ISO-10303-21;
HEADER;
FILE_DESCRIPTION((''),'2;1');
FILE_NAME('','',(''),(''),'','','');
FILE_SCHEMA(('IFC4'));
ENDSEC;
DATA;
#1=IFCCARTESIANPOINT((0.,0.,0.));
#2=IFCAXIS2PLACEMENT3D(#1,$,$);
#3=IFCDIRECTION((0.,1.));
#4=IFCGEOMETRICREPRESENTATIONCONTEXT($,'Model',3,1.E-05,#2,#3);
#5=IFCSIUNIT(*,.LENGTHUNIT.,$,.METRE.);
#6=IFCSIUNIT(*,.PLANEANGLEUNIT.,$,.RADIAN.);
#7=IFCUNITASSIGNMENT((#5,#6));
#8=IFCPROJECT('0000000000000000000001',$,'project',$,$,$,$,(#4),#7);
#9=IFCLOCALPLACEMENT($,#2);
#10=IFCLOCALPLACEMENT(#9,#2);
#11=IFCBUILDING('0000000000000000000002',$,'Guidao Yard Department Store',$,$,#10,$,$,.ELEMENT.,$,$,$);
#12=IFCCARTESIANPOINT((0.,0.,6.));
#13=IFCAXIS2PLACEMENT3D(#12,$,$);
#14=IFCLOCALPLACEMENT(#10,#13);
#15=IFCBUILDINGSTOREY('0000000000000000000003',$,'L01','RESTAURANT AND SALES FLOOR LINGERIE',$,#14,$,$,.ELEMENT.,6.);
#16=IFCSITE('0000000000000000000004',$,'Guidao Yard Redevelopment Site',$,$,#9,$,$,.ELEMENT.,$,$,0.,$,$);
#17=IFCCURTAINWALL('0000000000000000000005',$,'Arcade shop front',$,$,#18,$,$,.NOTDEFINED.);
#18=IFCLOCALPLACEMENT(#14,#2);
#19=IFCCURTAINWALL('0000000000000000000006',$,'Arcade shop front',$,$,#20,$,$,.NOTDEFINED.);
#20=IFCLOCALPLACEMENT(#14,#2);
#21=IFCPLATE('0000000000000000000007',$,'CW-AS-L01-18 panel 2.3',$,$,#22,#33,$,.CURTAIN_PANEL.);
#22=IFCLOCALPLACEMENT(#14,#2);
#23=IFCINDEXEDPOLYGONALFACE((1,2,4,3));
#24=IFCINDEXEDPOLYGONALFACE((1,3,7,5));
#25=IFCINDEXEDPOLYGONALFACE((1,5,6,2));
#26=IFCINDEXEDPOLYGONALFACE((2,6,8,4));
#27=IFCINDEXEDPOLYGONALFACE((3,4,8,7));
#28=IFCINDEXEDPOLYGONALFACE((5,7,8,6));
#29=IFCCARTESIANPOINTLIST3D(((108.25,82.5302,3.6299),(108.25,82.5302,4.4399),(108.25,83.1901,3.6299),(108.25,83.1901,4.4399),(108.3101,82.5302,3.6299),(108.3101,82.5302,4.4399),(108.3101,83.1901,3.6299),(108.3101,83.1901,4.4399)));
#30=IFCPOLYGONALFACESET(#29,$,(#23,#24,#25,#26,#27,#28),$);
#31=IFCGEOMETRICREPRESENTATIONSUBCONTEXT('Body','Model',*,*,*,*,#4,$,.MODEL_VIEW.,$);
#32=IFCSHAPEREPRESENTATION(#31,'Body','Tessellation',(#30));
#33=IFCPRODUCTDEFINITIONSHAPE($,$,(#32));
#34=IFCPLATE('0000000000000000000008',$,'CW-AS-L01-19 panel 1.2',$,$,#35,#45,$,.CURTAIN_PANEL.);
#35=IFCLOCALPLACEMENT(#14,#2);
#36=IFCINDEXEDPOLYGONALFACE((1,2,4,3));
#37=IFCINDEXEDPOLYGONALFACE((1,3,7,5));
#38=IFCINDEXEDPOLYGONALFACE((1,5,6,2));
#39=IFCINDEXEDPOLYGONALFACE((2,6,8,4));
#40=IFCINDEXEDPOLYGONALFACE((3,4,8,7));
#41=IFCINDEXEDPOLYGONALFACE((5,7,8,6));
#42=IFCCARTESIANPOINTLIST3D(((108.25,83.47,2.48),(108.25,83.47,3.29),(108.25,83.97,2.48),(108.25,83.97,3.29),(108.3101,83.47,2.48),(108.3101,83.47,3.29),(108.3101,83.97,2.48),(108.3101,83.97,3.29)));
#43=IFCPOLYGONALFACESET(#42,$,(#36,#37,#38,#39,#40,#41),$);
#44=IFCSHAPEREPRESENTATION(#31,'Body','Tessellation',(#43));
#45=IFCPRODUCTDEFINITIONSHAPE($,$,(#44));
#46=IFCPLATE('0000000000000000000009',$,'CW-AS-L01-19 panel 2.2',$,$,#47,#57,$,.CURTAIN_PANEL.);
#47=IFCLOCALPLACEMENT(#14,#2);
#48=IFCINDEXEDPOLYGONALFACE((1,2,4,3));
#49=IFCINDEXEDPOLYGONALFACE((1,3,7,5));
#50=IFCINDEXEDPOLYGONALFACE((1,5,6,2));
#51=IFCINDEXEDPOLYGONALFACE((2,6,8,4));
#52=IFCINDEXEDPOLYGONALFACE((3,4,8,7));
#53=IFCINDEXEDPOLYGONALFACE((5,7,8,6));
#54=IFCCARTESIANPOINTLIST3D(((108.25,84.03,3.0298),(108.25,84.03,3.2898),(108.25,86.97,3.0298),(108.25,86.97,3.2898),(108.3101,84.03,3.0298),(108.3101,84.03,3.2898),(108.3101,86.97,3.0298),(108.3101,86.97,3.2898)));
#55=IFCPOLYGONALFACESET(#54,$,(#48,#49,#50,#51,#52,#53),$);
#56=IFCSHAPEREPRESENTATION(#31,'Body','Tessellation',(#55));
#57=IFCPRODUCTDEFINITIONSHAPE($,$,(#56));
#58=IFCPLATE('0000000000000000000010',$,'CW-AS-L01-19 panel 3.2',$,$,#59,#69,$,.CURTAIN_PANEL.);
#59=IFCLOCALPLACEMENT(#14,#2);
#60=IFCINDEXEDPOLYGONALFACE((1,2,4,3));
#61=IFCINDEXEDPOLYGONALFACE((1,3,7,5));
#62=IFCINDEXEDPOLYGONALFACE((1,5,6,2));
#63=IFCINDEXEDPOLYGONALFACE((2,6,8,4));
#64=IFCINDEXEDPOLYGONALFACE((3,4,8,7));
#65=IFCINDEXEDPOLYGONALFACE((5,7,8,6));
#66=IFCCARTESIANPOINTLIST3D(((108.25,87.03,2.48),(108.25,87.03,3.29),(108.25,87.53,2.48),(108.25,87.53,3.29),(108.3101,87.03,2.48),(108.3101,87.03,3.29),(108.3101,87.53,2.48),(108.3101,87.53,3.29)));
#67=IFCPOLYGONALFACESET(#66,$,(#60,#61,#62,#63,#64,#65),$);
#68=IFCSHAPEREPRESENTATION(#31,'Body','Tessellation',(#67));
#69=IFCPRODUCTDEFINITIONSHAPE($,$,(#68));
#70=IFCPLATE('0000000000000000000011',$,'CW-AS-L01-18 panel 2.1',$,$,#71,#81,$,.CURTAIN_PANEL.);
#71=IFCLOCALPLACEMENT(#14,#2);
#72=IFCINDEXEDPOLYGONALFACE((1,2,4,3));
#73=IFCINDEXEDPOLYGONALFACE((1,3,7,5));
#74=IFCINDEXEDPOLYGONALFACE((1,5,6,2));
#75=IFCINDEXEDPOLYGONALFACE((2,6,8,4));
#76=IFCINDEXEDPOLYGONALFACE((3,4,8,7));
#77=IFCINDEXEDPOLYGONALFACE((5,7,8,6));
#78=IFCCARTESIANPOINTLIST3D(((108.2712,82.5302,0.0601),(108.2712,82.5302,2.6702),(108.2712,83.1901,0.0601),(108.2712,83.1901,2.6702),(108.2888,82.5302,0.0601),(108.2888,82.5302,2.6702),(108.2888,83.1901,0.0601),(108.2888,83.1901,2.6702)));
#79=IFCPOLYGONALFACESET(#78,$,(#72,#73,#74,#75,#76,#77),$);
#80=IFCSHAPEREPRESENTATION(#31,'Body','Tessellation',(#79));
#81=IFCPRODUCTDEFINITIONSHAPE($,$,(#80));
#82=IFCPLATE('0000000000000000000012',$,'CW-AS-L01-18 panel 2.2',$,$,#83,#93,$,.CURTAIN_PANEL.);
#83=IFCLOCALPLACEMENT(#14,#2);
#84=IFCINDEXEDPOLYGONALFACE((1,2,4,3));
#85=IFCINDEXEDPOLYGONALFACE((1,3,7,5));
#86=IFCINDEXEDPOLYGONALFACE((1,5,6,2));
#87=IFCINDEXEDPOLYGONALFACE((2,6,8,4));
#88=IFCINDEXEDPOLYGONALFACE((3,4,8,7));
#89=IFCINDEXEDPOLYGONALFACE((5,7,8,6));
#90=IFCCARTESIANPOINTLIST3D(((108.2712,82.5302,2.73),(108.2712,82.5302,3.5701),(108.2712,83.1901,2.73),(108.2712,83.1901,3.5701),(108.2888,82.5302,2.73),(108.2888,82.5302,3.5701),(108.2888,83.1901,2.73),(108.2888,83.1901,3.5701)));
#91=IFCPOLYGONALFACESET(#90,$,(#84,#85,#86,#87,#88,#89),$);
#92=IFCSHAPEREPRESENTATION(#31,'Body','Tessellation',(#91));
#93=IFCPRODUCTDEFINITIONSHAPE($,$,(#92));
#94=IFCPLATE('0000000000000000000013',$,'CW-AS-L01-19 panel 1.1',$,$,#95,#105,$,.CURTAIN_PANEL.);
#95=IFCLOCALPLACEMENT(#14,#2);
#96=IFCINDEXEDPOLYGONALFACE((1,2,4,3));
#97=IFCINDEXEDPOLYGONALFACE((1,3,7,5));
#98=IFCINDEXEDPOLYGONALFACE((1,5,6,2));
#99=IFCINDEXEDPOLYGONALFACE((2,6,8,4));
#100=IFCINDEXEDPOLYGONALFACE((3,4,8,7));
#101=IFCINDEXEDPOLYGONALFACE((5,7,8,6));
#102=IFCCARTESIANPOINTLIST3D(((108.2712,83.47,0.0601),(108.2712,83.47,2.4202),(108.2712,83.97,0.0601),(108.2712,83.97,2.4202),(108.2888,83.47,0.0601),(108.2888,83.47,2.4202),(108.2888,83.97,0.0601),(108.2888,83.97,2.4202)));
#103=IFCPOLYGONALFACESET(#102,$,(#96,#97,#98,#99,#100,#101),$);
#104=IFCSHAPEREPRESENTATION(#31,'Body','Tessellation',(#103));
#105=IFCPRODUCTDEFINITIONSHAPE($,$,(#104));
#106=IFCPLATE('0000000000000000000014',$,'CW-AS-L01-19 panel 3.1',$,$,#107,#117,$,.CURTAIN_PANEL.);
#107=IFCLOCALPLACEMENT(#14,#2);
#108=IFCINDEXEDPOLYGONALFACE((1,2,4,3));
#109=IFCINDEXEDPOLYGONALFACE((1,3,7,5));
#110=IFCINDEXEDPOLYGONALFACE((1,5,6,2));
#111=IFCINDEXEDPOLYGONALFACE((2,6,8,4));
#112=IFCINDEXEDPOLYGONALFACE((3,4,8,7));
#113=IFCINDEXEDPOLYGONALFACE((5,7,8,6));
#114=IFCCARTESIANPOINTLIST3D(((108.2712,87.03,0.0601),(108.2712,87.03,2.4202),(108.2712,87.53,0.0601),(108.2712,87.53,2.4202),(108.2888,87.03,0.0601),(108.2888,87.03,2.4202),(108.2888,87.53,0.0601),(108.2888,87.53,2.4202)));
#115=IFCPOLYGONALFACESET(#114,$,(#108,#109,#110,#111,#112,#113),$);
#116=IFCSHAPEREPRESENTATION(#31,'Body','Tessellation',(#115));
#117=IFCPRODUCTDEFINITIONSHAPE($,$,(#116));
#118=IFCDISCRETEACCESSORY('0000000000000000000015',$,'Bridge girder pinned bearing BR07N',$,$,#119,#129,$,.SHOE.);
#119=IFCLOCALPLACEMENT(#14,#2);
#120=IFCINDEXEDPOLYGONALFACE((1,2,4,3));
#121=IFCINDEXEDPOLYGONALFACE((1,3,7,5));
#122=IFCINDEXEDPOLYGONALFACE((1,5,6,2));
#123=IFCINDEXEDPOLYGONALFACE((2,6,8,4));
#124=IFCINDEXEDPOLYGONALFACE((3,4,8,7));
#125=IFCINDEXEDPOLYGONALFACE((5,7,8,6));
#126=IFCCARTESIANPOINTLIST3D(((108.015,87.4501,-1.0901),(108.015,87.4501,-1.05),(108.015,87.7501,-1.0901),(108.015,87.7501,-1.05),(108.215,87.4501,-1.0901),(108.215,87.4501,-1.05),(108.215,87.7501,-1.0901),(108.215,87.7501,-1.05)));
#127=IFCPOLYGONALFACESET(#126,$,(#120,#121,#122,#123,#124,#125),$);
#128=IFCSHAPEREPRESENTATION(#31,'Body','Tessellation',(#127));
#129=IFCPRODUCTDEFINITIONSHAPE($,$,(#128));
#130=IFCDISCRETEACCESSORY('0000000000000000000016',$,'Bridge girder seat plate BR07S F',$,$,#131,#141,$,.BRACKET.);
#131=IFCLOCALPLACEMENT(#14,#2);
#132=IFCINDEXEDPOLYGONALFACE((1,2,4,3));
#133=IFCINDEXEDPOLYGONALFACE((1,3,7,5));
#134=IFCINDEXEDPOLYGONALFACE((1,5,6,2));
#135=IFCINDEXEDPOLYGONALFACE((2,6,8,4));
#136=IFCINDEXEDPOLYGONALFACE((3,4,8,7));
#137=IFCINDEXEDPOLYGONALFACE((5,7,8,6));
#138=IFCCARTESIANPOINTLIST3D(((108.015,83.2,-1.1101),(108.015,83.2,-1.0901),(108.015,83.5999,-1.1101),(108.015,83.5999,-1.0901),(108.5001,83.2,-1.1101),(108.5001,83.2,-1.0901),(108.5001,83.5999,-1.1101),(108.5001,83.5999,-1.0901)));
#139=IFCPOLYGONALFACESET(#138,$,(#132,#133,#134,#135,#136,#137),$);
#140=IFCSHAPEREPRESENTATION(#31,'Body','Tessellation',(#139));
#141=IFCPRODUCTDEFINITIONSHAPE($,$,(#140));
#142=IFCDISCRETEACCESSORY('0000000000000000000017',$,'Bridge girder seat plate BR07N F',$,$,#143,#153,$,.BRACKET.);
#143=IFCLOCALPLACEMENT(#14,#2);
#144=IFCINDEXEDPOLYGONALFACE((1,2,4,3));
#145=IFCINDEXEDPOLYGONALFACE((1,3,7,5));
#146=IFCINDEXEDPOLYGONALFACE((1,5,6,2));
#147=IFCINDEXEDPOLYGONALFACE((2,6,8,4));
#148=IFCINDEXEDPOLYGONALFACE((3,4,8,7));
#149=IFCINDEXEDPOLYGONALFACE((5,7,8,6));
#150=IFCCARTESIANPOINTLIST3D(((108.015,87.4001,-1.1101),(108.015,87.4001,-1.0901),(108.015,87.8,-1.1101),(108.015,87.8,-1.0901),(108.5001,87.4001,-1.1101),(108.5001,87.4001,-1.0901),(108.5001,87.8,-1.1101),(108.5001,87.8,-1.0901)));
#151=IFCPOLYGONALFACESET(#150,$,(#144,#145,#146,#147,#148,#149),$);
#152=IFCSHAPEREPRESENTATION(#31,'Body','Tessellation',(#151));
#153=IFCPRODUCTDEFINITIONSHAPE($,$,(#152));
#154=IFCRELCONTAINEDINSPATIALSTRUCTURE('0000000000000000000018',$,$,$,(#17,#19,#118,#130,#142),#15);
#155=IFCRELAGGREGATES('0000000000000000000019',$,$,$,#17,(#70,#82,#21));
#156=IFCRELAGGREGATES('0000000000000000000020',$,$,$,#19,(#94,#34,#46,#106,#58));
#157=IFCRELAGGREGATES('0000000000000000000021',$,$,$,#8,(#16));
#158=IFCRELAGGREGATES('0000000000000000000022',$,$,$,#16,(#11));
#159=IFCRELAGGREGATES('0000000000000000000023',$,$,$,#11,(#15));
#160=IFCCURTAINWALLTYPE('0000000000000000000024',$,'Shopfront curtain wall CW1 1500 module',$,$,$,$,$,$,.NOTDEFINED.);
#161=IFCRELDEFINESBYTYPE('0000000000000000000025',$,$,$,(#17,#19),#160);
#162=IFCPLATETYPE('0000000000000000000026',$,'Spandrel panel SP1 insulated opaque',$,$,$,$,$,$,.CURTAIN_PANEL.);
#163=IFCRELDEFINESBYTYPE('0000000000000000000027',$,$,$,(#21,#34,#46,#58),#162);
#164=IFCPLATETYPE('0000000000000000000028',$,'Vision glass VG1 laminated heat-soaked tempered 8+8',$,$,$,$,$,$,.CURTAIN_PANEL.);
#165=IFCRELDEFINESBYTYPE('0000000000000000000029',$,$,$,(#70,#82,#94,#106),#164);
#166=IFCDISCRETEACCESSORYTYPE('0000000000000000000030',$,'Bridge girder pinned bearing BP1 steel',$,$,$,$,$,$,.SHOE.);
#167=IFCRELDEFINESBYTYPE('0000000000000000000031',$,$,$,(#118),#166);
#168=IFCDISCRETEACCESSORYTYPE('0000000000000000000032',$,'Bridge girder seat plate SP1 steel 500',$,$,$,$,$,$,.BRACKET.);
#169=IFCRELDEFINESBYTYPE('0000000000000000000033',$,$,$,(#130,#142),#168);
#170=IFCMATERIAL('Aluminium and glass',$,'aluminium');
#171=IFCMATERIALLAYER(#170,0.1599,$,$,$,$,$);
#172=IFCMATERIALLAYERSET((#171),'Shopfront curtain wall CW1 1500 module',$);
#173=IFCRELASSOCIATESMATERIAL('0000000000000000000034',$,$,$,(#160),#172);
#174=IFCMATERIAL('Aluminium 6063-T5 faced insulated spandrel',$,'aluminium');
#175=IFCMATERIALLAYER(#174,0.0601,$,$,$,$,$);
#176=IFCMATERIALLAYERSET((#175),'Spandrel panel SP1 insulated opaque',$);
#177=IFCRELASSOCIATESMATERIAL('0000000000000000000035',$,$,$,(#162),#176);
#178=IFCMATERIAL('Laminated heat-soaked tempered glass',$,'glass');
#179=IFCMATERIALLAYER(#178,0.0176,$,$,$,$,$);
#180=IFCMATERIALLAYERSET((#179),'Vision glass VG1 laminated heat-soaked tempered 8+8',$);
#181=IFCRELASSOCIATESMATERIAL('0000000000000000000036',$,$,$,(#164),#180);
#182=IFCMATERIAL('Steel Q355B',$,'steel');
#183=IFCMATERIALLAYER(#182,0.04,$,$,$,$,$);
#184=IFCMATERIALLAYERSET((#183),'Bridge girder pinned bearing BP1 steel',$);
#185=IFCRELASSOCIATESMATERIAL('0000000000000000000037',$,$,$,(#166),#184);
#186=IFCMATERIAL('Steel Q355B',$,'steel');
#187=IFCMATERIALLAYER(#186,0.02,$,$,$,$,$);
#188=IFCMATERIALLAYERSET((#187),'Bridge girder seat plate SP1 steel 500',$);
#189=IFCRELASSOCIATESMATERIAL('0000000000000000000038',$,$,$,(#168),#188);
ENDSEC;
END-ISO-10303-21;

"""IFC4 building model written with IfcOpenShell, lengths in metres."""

from ifc_helpers import new_model, si_unit, direction, frame, origin, origin_2d, place, context, subcontext, project, spatial, rectangle, extrude, material, layer, layer_set, type_object, element, aggregate, save


model = new_model("IFC4")

# Units and contexts
model_context = context("Model", 3, precision=1e-05, world=origin(), true_north=direction((0.0, 1.0)))
body_context = subcontext(model_context, "Body", "Model", "MODEL_VIEW")
ifc_project = project(units=[si_unit("LENGTHUNIT", "METRE"), si_unit("PLANEANGLEUNIT", "RADIAN")], contexts=[model_context])

# Site, building, storey
site_placement = place(None, origin())
site = spatial("IfcSite", under=ifc_project, at=site_placement, Name="Guidao Yard Redevelopment Site", CompositionType="ELEMENT", RefElevation=0.0)
building_placement = place(site_placement, origin())
building = spatial("IfcBuilding", under=site, at=building_placement, Name="Guidao Yard Department Store", CompositionType="ELEMENT")
storey_placement = place(building_placement, frame((0.0, 0.0, 6.0)))
storey = spatial("IfcBuildingStorey", under=building, at=storey_placement, Name="L01", Description="RESTAURANT AND SALES FLOOR LINGERIE", CompositionType="ELEMENT", Elevation=6.0)

# Curtain walls
ifc_material_1 = material(Name="Aluminium and glass", Category="aluminium")
ifc_layer_1 = layer(ifc_material_1, 0.1599)
ifc_layer_set_1 = layer_set([ifc_layer_1], Name="Shopfront curtain wall CW1 1500 module")
curtain_wall_type = type_object("IfcCurtainWallType", Name="Shopfront curtain wall CW1 1500 module", PredefinedType="NOTDEFINED", material=ifc_layer_set_1)
curtain_wall_1_placement = place(storey_placement, origin())
curtain_wall_1 = element("IfcCurtainWall", 1, at=curtain_wall_1_placement, inside=storey, type_object=curtain_wall_type, Name="Arcade shop front", PredefinedType="NOTDEFINED")
curtain_wall_2_placement = place(storey_placement, origin())
curtain_wall_2 = element("IfcCurtainWall", 2, at=curtain_wall_2_placement, inside=storey, type_object=curtain_wall_type, Name="Arcade shop front", PredefinedType="NOTDEFINED")

# Plates
ifc_material_2 = material(Name="Aluminium 6063-T5 faced insulated spandrel", Category="aluminium")
ifc_layer_2 = layer(ifc_material_2, 0.0601)
ifc_layer_set_2 = layer_set([ifc_layer_2], Name="Spandrel panel SP1 insulated opaque")
plate_type_1 = type_object("IfcPlateType", Name="Spandrel panel SP1 insulated opaque", PredefinedType="CURTAIN_PANEL", material=ifc_layer_set_2)
plate_1_placement = place(storey_placement, frame((108.28, 82.8601, 3.6299), z_axis=(0.0, 0.0, 1.0), x_axis=(0.0, -1.0, 0.0)))
plate_1 = element("IfcPlate", 3, at=plate_1_placement, type_object=plate_type_1, Name="CW-AS-L01-18 panel 2.3", PredefinedType="CURTAIN_PANEL", context=body_context, shape_type="SweptSolid", body=[
    extrude(rectangle(XDim=0.6599, YDim=0.0601, at=origin_2d()), origin(), (0.0, 0.0, 1.0), 0.8101),
])
plate_2_placement = place(storey_placement, frame((108.28, 83.72, 2.48), z_axis=(0.0, 0.0, 1.0), x_axis=(0.0, -1.0, 0.0)))
plate_2 = element("IfcPlate", 4, at=plate_2_placement, type_object=plate_type_1, Name="CW-AS-L01-19 panel 1.2", PredefinedType="CURTAIN_PANEL", context=body_context, shape_type="SweptSolid", body=[
    extrude(rectangle(XDim=0.5, YDim=0.0601, at=origin_2d()), origin(), (0.0, 0.0, 1.0), 0.8101),
])
plate_3_placement = place(storey_placement, frame((108.28, 85.5, 3.0298), z_axis=(0.0, 0.0, 1.0), x_axis=(0.0, -1.0, 0.0)))
plate_3 = element("IfcPlate", 5, at=plate_3_placement, type_object=plate_type_1, Name="CW-AS-L01-19 panel 2.2", PredefinedType="CURTAIN_PANEL", context=body_context, shape_type="SweptSolid", body=[
    extrude(rectangle(XDim=2.9399, YDim=0.0601, at=origin_2d()), origin(), (0.0, 0.0, 1.0), 0.26),
])
plate_4_placement = place(storey_placement, frame((108.28, 87.28, 2.48), z_axis=(0.0, 0.0, 1.0), x_axis=(0.0, -1.0, 0.0)))
plate_4 = element("IfcPlate", 6, at=plate_4_placement, type_object=plate_type_1, Name="CW-AS-L01-19 panel 3.2", PredefinedType="CURTAIN_PANEL", context=body_context, shape_type="SweptSolid", body=[
    extrude(rectangle(XDim=0.5, YDim=0.0601, at=origin_2d()), origin(), (0.0, 0.0, 1.0), 0.8101),
])
ifc_material_3 = material(Name="Laminated heat-soaked tempered glass", Category="glass")
ifc_layer_3 = layer(ifc_material_3, 0.0176)
ifc_layer_set_3 = layer_set([ifc_layer_3], Name="Vision glass VG1 laminated heat-soaked tempered 8+8")
plate_type_2 = type_object("IfcPlateType", Name="Vision glass VG1 laminated heat-soaked tempered 8+8", PredefinedType="CURTAIN_PANEL", material=ifc_layer_set_3)
plate_5_placement = place(storey_placement, frame((108.28, 82.8601, 0.0601), z_axis=(0.0, 0.0, 1.0), x_axis=(0.0, -1.0, 0.0)))
plate_5 = element("IfcPlate", 7, at=plate_5_placement, type_object=plate_type_2, Name="CW-AS-L01-18 panel 2.1", PredefinedType="CURTAIN_PANEL", context=body_context, shape_type="SweptSolid", body=[
    extrude(rectangle(XDim=0.6599, YDim=0.0176, at=origin_2d()), origin(), (0.0, 0.0, 1.0), 2.6101),
])
plate_6_placement = place(storey_placement, frame((108.28, 82.8601, 2.73), z_axis=(0.0, 0.0, 1.0), x_axis=(0.0, -1.0, 0.0)))
plate_6 = element("IfcPlate", 8, at=plate_6_placement, type_object=plate_type_2, Name="CW-AS-L01-18 panel 2.2", PredefinedType="CURTAIN_PANEL", context=body_context, shape_type="SweptSolid", body=[
    extrude(rectangle(XDim=0.6599, YDim=0.0176, at=origin_2d()), origin(), (0.0, 0.0, 1.0), 0.8401),
])
aggregate(curtain_wall_1, [plate_5, plate_6, plate_1])
plate_7_placement = place(storey_placement, frame((108.28, 83.72, 0.0601), z_axis=(0.0, 0.0, 1.0), x_axis=(0.0, -1.0, 0.0)))
plate_7 = element("IfcPlate", 9, at=plate_7_placement, type_object=plate_type_2, Name="CW-AS-L01-19 panel 1.1", PredefinedType="CURTAIN_PANEL", context=body_context, shape_type="SweptSolid", body=[
    extrude(rectangle(XDim=0.5, YDim=0.0176, at=origin_2d()), origin(), (0.0, 0.0, 1.0), 2.3601),
])
plate_8_placement = place(storey_placement, frame((108.28, 87.28, 0.0601), z_axis=(0.0, 0.0, 1.0), x_axis=(0.0, -1.0, 0.0)))
plate_8 = element("IfcPlate", 10, at=plate_8_placement, type_object=plate_type_2, Name="CW-AS-L01-19 panel 3.1", PredefinedType="CURTAIN_PANEL", context=body_context, shape_type="SweptSolid", body=[
    extrude(rectangle(XDim=0.5, YDim=0.0176, at=origin_2d()), origin(), (0.0, 0.0, 1.0), 2.3601),
])
aggregate(curtain_wall_2, [plate_7, plate_2, plate_3, plate_8, plate_4])

# Discrete accessories
ifc_material_4 = material(Name="Steel Q355B", Category="steel")
ifc_layer_4 = layer(ifc_material_4, 0.04)
ifc_layer_set_4 = layer_set([ifc_layer_4], Name="Bridge girder pinned bearing BP1 steel")
discrete_accessory_type_1 = type_object("IfcDiscreteAccessoryType", Name="Bridge girder pinned bearing BP1 steel", PredefinedType="SHOE", material=ifc_layer_set_4)
discrete_accessory_placement = place(storey_placement, frame((108.115, 87.6001, -1.0901), z_axis=(0.0, 0.0, 1.0), x_axis=(1.0, 0.0, 0.0)))
element("IfcDiscreteAccessory", 11, at=discrete_accessory_placement, inside=storey, type_object=discrete_accessory_type_1, Name="Bridge girder pinned bearing BR07N", PredefinedType="SHOE", context=body_context, shape_type="SweptSolid", body=[
    extrude(rectangle(XDim=0.2, YDim=0.3, at=origin_2d()), origin(), (0.0, 0.0, 1.0), 0.04),
])
ifc_material_5 = material(Name="Steel Q355B", Category="steel")
ifc_layer_5 = layer(ifc_material_5, 0.02)
ifc_layer_set_5 = layer_set([ifc_layer_5], Name="Bridge girder seat plate SP1 steel 500")
discrete_accessory_type_2 = type_object("IfcDiscreteAccessoryType", Name="Bridge girder seat plate SP1 steel 500", PredefinedType="BRACKET", material=ifc_layer_set_5)
for number, where, z_axis, x_axis, name in (
    (12, (108.2576, 83.3999, -1.1101), (0.0, 0.0, 1.0), (1.0, 0.0, 0.0), "Bridge girder seat plate BR07S F"),
    (13, (108.2576, 87.6001, -1.1101), (0.0, 0.0, 1.0), (1.0, 0.0, 0.0), "Bridge girder seat plate BR07N F"),
):
    element("IfcDiscreteAccessory", number, at=place(storey_placement, frame(where, z_axis=z_axis, x_axis=x_axis)), inside=storey, type_object=discrete_accessory_type_2, Name=name, PredefinedType="BRACKET", context=body_context, shape_type="SweptSolid", body=[
        extrude(rectangle(XDim=0.4851, YDim=0.3999, at=origin_2d()), origin(), (0.0, 0.0, 1.0), 0.02),
    ])

save(model, "model.ifc")
